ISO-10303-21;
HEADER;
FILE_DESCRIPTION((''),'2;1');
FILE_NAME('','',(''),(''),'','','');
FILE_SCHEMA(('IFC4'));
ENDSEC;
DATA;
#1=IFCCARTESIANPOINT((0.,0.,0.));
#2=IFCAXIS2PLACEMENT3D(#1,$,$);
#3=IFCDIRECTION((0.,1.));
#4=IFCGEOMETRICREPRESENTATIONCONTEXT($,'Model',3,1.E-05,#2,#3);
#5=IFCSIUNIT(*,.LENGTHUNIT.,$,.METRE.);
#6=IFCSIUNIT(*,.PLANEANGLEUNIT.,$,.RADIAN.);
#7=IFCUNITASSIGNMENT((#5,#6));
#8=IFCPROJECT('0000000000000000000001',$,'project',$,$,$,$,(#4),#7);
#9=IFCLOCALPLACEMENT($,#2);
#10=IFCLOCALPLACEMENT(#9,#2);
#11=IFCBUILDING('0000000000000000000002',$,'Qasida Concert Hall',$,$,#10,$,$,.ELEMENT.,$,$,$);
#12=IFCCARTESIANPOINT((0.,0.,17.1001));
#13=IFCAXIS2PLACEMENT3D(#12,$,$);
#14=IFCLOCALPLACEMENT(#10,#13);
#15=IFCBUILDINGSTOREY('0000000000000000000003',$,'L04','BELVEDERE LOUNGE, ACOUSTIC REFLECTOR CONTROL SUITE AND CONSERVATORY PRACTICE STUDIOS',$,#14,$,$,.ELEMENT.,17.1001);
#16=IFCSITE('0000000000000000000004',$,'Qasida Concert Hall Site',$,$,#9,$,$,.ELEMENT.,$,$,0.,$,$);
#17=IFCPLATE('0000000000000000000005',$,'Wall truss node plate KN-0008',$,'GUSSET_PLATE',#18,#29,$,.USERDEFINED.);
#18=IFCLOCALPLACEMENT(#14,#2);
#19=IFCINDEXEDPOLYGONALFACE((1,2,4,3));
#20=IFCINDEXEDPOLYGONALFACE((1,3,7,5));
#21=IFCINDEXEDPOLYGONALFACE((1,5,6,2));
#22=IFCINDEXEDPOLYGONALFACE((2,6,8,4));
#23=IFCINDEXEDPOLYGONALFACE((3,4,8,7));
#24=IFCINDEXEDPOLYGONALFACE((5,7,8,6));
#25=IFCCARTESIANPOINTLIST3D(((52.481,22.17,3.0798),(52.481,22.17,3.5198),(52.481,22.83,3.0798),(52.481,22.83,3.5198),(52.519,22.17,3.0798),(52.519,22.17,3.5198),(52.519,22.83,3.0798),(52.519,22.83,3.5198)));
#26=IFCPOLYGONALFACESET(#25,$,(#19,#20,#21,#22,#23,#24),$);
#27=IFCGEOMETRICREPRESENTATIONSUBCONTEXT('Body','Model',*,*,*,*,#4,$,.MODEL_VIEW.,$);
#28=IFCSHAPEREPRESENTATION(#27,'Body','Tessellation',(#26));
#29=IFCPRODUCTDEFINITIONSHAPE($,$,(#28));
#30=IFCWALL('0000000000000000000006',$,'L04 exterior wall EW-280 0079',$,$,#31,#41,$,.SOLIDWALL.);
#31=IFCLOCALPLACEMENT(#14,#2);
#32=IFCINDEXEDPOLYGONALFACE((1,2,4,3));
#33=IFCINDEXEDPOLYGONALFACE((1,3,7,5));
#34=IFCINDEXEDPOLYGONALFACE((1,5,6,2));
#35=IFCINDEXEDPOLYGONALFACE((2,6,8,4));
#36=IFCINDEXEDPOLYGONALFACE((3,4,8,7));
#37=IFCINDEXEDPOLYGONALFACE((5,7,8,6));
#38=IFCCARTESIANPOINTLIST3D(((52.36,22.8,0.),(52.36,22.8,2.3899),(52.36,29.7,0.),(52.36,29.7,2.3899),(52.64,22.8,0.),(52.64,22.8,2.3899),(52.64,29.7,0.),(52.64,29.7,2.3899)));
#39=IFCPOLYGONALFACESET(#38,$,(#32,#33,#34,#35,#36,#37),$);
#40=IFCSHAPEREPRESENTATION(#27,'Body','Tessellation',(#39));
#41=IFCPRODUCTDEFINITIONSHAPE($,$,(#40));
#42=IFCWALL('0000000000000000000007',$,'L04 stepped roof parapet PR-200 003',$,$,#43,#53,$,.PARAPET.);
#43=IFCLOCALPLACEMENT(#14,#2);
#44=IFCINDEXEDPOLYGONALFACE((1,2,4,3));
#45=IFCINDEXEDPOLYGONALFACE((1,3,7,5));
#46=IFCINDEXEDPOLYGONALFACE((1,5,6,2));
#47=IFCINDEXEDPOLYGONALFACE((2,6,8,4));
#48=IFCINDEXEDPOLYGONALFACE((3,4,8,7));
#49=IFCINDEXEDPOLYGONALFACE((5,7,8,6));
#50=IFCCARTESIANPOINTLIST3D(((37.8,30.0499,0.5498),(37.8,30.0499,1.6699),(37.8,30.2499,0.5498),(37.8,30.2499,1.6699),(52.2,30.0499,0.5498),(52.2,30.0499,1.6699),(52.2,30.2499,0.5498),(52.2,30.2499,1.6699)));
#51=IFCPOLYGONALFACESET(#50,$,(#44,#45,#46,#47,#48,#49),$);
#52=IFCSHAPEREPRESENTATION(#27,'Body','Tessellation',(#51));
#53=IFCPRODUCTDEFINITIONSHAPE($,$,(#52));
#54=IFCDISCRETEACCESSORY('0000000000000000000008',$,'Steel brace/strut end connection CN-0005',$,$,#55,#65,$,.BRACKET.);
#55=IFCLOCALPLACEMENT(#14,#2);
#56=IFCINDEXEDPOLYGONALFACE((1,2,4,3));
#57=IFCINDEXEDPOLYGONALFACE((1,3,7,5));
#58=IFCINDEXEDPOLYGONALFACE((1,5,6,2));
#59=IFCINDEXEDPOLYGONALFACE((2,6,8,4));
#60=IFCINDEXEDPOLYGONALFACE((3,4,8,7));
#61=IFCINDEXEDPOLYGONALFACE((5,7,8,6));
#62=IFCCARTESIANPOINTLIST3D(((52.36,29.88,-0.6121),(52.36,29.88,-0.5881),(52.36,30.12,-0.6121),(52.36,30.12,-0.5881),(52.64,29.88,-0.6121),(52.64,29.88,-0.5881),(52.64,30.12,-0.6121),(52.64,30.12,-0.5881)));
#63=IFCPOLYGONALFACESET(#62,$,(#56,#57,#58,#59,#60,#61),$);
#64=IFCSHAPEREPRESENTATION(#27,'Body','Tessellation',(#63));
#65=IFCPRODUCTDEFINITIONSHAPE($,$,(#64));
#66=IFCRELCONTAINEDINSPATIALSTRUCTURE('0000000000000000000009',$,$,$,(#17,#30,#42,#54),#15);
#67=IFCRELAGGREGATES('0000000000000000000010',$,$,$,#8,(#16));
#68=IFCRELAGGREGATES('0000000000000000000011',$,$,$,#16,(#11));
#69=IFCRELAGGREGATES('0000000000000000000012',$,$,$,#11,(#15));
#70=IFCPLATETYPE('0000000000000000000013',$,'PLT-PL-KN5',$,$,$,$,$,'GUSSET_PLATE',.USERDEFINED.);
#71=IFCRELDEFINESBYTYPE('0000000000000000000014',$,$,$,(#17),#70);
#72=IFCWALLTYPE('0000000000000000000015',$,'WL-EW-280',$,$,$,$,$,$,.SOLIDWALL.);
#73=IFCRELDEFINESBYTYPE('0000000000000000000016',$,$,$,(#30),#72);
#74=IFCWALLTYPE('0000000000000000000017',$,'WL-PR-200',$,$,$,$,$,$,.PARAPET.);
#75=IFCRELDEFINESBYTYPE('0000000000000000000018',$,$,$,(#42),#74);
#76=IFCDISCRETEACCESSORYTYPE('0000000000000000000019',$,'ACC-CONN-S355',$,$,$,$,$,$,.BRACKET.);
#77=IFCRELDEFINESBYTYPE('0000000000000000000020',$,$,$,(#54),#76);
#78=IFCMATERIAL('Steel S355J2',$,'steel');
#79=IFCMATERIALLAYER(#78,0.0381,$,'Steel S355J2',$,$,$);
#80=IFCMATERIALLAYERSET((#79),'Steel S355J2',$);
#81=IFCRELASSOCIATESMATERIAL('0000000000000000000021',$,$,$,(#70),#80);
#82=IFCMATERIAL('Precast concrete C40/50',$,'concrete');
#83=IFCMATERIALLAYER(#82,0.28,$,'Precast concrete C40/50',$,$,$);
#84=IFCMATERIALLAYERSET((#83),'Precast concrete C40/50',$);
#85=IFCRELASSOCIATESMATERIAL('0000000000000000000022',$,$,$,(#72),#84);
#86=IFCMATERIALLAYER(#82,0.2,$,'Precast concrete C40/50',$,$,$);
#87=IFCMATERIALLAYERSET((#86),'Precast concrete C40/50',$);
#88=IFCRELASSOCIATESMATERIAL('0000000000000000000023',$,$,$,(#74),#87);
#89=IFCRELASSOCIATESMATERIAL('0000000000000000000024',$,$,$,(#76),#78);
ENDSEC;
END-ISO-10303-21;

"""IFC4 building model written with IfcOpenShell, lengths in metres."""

from ifc_helpers import new_model, si_unit, direction, frame, frame_2d, origin, origin_2d, place, context, subcontext, project, spatial, rectangle, extrude, material, layer, layer_set, type_object, element, save


model = new_model("IFC4")

# Units and contexts
model_context = context("Model", 3, precision=1e-05, world=origin(), true_north=direction((0.0, 1.0)))
body_context = subcontext(model_context, "Body", "Model", "MODEL_VIEW")
ifc_project = project(units=[si_unit("LENGTHUNIT", "METRE"), si_unit("PLANEANGLEUNIT", "RADIAN")], contexts=[model_context])

# Site, building, storey
site_placement = place(None, origin())
site = spatial("IfcSite", under=ifc_project, at=site_placement, Name="Qasida Concert Hall Site", CompositionType="ELEMENT", RefElevation=0.0)
building_placement = place(site_placement, origin())
building = spatial("IfcBuilding", under=site, at=building_placement, Name="Qasida Concert Hall", CompositionType="ELEMENT")
storey_placement = place(building_placement, frame((0.0, 0.0, 17.1001)))
storey = spatial("IfcBuildingStorey", under=building, at=storey_placement, Name="L04", Description="BELVEDERE LOUNGE, ACOUSTIC REFLECTOR CONTROL SUITE AND CONSERVATORY PRACTICE STUDIOS", CompositionType="ELEMENT", Elevation=17.1001)

# Plate
ifc_material_1 = material(Name="Steel S355J2", Category="steel")
ifc_layer_1 = layer(ifc_material_1, 0.0381, Name="Steel S355J2")
ifc_layer_set_1 = layer_set([ifc_layer_1], Name="Steel S355J2")
plate_type_1 = type_object("IfcPlateType", Name="PLT-PL-KN5", ElementType="GUSSET_PLATE", PredefinedType="USERDEFINED", material=ifc_layer_set_1)
plate_1_placement = place(storey_placement, frame((52.5, 22.5, 3.0798), z_axis=(0.0, 0.0, 1.0), x_axis=(1.0, 0.0, 0.0)))
element("IfcPlate", 1, at=plate_1_placement, inside=storey, type_object=plate_type_1, Name="Wall truss node plate KN-0008", ObjectType="GUSSET_PLATE", PredefinedType="USERDEFINED", context=body_context, shape_type="SweptSolid", body=[
    extrude(rectangle(XDim=0.0381, YDim=0.6599, at=origin_2d()), origin(), (0.0, 0.0, 1.0), 0.4399),
])

# Walls
ifc_material_2 = material(Name="Precast concrete C40/50", Category="concrete")
ifc_layer_2 = layer(ifc_material_2, 0.28, Name="Precast concrete C40/50")
ifc_layer_set_2 = layer_set([ifc_layer_2], Name="Precast concrete C40/50")
wall_type_1 = type_object("IfcWallType", Name="WL-EW-280", PredefinedType="SOLIDWALL", material=ifc_layer_set_2)
wall_1_placement = place(storey_placement, frame((52.5, 22.8, 0.0), z_axis=(0.0, 0.0, 1.0), x_axis=(0.0, 1.0, 0.0)))
element("IfcWall", 2, at=wall_1_placement, inside=storey, type_object=wall_type_1, Name="L04 exterior wall EW-280 0079", PredefinedType="SOLIDWALL", context=body_context, shape_type="SweptSolid", body=[
    extrude(rectangle(XDim=6.8999, YDim=0.28, at=frame_2d((3.45, 0.0))), origin(), (0.0, 0.0, 1.0), 2.3899),
])
ifc_layer_3 = layer(ifc_material_2, 0.2, Name="Precast concrete C40/50")
ifc_layer_set_3 = layer_set([ifc_layer_3], Name="Precast concrete C40/50")
wall_type_2 = type_object("IfcWallType", Name="WL-PR-200", PredefinedType="PARAPET", material=ifc_layer_set_3)
wall_2_placement = place(storey_placement, frame((37.8, 30.1499, 0.5498), z_axis=(0.0, 0.0, 1.0), x_axis=(1.0, 0.0, 0.0)))
element("IfcWall", 3, at=wall_2_placement, inside=storey, type_object=wall_type_2, Name="L04 stepped roof parapet PR-200 003", PredefinedType="PARAPET", context=body_context, shape_type="SweptSolid", body=[
    extrude(rectangle(XDim=14.3999, YDim=0.2, at=frame_2d((7.2, 0.0))), origin(), (0.0, 0.0, 1.0), 1.1201),
])

# Discrete accessory
discrete_accessory_type = type_object("IfcDiscreteAccessoryType", Name="ACC-CONN-S355", PredefinedType="BRACKET", material=ifc_material_1)
discrete_accessory_placement = place(storey_placement, frame((52.5, 30.0, -0.6121), z_axis=(0.0, 0.0, 1.0), x_axis=(1.0, 0.0, 0.0)))
element("IfcDiscreteAccessory", 4, at=discrete_accessory_placement, inside=storey, type_object=discrete_accessory_type, Name="Steel brace/strut end connection CN-0005", PredefinedType="BRACKET", context=body_context, shape_type="SweptSolid", body=[
    extrude(rectangle(XDim=0.28, YDim=0.24, at=origin_2d()), origin(), (0.0, 0.0, 1.0), 0.0239),
])

save(model, "model.ifc")
